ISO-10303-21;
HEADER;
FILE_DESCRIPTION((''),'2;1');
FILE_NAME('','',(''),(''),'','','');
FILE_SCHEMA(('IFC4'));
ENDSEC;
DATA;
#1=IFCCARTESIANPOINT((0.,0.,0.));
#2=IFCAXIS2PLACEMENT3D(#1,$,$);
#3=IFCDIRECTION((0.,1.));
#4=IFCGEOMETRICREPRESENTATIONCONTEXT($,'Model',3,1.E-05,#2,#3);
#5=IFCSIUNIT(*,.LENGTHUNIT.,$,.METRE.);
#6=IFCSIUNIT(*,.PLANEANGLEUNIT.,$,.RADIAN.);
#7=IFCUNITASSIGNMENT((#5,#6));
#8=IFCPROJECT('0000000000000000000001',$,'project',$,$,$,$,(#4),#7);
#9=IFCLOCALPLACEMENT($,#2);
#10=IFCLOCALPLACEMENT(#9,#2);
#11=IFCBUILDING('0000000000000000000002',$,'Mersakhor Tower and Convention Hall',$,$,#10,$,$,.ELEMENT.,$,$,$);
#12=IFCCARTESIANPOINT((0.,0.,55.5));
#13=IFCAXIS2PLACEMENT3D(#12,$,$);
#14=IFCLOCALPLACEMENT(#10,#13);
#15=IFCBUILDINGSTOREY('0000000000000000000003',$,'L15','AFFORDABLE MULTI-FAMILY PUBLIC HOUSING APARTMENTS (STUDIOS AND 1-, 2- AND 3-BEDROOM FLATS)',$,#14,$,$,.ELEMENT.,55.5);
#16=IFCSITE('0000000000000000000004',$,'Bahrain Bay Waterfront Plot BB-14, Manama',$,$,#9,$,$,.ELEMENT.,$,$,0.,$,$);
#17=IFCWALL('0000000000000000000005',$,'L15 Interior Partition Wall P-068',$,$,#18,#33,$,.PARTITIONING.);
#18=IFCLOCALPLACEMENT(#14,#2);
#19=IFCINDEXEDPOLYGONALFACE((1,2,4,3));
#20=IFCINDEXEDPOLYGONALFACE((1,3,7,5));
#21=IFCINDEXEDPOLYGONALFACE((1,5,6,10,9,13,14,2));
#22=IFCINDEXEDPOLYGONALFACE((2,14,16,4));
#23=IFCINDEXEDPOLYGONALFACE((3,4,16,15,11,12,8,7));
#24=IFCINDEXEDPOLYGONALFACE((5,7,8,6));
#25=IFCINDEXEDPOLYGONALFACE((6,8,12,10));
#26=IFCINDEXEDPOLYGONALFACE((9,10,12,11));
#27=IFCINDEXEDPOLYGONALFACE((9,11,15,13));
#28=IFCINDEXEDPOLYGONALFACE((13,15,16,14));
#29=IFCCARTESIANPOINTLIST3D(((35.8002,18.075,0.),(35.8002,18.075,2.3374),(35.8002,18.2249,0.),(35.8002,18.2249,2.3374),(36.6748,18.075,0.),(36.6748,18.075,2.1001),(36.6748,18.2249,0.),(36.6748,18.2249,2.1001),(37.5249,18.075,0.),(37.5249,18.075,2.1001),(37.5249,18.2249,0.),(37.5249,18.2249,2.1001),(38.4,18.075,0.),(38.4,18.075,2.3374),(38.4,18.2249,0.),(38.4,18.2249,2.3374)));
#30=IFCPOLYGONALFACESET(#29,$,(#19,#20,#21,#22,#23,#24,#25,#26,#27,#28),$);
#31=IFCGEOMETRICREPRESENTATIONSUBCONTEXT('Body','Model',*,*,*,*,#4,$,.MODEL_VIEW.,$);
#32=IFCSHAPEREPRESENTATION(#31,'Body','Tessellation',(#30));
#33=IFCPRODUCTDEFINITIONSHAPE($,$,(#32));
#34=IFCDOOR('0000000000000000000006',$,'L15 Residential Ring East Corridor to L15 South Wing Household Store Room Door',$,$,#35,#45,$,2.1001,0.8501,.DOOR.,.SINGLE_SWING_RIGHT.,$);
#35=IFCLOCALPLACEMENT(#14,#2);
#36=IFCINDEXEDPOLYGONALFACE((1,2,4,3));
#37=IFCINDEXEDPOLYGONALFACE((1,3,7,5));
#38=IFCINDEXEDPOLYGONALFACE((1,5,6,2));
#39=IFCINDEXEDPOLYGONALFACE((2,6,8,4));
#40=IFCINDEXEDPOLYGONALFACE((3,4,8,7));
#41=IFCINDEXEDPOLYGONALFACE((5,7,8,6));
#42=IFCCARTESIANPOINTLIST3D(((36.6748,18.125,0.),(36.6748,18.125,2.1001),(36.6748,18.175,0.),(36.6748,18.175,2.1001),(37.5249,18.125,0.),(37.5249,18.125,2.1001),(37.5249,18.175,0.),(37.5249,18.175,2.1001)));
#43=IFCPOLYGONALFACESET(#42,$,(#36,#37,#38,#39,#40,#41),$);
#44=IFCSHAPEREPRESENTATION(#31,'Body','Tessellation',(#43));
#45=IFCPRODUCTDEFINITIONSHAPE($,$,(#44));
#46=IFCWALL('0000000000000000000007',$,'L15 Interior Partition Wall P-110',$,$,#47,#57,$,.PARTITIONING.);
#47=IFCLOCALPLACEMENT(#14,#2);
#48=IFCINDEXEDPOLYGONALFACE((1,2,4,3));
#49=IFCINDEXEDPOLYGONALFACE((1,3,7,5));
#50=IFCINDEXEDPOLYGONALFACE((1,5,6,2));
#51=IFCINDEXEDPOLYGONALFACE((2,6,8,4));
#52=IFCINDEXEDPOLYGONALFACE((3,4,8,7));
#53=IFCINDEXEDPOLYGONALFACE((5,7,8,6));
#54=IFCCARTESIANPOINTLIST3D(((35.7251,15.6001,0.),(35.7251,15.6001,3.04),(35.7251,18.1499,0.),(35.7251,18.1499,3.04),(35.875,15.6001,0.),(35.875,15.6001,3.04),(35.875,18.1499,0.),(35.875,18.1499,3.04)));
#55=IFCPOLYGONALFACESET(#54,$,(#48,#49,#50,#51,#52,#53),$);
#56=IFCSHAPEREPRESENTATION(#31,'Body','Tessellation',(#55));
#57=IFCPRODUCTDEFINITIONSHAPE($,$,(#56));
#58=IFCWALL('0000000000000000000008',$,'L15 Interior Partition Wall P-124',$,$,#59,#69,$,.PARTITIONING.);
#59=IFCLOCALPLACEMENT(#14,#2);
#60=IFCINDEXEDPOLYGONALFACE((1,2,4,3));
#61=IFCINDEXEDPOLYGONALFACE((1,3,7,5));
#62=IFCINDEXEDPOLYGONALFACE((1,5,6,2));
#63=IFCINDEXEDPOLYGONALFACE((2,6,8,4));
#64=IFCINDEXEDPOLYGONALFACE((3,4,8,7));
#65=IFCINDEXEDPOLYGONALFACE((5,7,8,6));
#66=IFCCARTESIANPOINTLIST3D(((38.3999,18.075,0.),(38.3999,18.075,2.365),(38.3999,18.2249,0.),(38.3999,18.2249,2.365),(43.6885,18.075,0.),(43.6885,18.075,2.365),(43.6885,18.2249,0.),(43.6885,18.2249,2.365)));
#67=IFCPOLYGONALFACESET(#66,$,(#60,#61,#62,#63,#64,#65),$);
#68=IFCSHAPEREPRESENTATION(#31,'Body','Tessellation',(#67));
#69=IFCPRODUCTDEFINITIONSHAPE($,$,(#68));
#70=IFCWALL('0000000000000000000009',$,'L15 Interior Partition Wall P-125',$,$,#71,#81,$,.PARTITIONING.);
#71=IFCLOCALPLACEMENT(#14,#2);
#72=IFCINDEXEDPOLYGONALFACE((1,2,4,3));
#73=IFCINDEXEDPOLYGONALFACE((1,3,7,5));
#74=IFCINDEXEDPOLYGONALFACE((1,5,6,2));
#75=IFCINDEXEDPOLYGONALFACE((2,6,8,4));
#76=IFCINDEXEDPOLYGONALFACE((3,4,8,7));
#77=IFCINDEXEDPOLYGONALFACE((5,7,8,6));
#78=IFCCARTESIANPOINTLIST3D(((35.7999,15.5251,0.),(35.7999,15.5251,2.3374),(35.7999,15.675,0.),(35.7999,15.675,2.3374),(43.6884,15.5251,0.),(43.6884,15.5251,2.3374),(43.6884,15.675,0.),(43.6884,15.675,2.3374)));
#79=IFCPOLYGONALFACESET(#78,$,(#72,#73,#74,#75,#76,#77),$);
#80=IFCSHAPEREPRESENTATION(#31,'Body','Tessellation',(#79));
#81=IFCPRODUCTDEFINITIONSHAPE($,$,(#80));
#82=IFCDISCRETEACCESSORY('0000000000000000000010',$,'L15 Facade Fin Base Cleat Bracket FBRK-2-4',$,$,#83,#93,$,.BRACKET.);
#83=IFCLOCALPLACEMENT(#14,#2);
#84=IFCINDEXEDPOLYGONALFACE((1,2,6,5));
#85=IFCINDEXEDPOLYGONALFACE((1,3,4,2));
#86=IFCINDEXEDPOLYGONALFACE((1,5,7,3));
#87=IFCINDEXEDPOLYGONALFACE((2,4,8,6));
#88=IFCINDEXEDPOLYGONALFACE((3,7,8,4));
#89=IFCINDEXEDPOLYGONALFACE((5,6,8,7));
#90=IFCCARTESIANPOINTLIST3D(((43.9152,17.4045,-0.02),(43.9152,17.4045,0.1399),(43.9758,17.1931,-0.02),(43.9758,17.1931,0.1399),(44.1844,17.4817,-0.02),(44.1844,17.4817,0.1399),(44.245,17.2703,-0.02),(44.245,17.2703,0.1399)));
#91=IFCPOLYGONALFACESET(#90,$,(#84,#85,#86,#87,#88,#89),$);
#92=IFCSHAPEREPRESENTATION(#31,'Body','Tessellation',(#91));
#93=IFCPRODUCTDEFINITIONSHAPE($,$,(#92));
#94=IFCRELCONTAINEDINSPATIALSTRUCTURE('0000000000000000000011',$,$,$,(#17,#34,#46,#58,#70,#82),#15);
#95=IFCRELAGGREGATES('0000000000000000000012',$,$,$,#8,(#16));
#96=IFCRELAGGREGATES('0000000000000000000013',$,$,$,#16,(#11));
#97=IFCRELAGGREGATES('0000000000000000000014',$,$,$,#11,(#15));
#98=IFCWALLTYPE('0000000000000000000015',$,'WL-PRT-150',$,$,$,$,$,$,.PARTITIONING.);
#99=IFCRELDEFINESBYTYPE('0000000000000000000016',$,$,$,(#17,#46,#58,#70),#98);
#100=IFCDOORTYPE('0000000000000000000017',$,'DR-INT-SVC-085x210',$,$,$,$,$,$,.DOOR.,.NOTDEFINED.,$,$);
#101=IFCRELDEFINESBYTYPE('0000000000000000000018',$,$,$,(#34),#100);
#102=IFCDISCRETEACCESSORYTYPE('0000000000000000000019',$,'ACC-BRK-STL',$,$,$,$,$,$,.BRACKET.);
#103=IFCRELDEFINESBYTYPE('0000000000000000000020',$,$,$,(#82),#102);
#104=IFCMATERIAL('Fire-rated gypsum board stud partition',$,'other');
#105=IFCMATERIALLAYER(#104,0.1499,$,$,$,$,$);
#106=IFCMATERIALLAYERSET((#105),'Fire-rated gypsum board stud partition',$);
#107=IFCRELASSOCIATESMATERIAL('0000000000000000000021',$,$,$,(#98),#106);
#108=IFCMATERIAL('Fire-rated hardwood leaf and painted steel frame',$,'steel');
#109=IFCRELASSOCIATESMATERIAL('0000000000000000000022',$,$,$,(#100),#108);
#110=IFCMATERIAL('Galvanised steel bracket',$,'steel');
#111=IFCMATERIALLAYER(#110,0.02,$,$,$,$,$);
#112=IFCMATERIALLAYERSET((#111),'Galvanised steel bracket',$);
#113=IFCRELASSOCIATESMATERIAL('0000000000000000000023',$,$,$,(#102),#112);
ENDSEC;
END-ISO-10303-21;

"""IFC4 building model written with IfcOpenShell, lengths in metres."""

from ifc_helpers import new_model, si_unit, direction, frame, frame_2d, origin, origin_2d, place, context, subcontext, project, spatial, rectangle, extrude, material, layer, layer_set, type_object, element, fill, save


model = new_model("IFC4")

# Units and contexts
model_context = context("Model", 3, precision=1e-05, world=origin(), true_north=direction((0.0, 1.0)))
body_context = subcontext(model_context, "Body", "Model", "MODEL_VIEW")
ifc_project = project(units=[si_unit("LENGTHUNIT", "METRE"), si_unit("PLANEANGLEUNIT", "RADIAN")], contexts=[model_context])

# Site, building, storey
site_placement = place(None, origin())
site = spatial("IfcSite", under=ifc_project, at=site_placement, Name="Bahrain Bay Waterfront Plot BB-14, Manama", CompositionType="ELEMENT", RefElevation=0.0)
building_placement = place(site_placement, origin())
building = spatial("IfcBuilding", under=site, at=building_placement, Name="Mersakhor Tower and Convention Hall", CompositionType="ELEMENT")
storey_placement = place(building_placement, frame((0.0, 0.0, 55.5)))
storey = spatial("IfcBuildingStorey", under=building, at=storey_placement, Name="L15", Description="AFFORDABLE MULTI-FAMILY PUBLIC HOUSING APARTMENTS (STUDIOS AND 1-, 2- AND 3-BEDROOM FLATS)", CompositionType="ELEMENT", Elevation=55.5)

# Wall, opening, door
ifc_material_1 = material(Name="Fire-rated gypsum board stud partition", Category="other")
ifc_layer_1 = layer(ifc_material_1, 0.1499)
ifc_layer_set_1 = layer_set([ifc_layer_1], Name="Fire-rated gypsum board stud partition")
wall_type_1 = type_object("IfcWallType", Name="WL-PRT-150", PredefinedType="PARTITIONING", material=ifc_layer_set_1)
wall_1_placement = place(storey_placement, frame((38.3999, 18.1499, 0.0), z_axis=(0.0, 0.0, 1.0), x_axis=(-1.0, 0.0, 0.0)))
wall_1 = element("IfcWall", 1, at=wall_1_placement, inside=storey, type_object=wall_type_1, Name="L15 Interior Partition Wall P-068", PredefinedType="PARTITIONING", context=body_context, shape_type="SweptSolid", body=[
    extrude(rectangle(XDim=2.5999, YDim=0.1499, at=frame_2d((1.2998, 0.0))), origin(), (0.0, 0.0, 1.0), 2.3374),
])
opening_1_placement = place(wall_1_placement, frame((0.875, 0.0, 0.0)))
opening_1 = element("IfcOpeningElement", 2, at=opening_1_placement, cuts=wall_1, PredefinedType="OPENING", context=body_context, shape_type="SweptSolid", body=[
    extrude(rectangle(XDim=0.8501, YDim=2.1001, at=frame_2d((0.425, 1.05))), frame((0.0, 0.085, 0.0), z_axis=(0.0, -1.0, 0.0), x_axis=(1.0, 0.0, 0.0)), (0.0, 0.0, 1.0), 0.1699),
])
ifc_material_2 = material(Name="Fire-rated hardwood leaf and painted steel frame", Category="steel")
door_type_1 = type_object("IfcDoorType", Name="DR-INT-SVC-085x210", OperationType="NOTDEFINED", PredefinedType="DOOR", material=ifc_material_2)
door_1_placement = place(opening_1_placement, origin())
door_1 = element("IfcDoor", 3, at=door_1_placement, inside=storey, type_object=door_type_1, Name="L15 Residential Ring East Corridor to L15 South Wing Household Store Room Door", OperationType="SINGLE_SWING_RIGHT", OverallHeight=2.1001, OverallWidth=0.8501, PredefinedType="DOOR", context=body_context, shape_type="SweptSolid", body=[
    extrude(rectangle(XDim=0.8501, YDim=2.1001, at=frame_2d((0.425, 1.05))), frame((0.0, 0.0249, 0.0), z_axis=(0.0, -1.0, 0.0), x_axis=(1.0, 0.0, 0.0)), (0.0, 0.0, 1.0), 0.05),
])
fill(opening_1, door_1)

# Walls
wall_2_placement = place(storey_placement, frame((35.8, 18.1499, 0.0), z_axis=(0.0, 0.0, 1.0), x_axis=(0.0, -1.0, 0.0)))
element("IfcWall", 4, at=wall_2_placement, inside=storey, type_object=wall_type_1, Name="L15 Interior Partition Wall P-110", PredefinedType="PARTITIONING", context=body_context, shape_type="SweptSolid", body=[
    extrude(rectangle(XDim=2.5498, YDim=0.1499, at=frame_2d((1.2749, 0.0))), origin(), (0.0, 0.0, 1.0), 3.04),
])
wall_3_placement = place(storey_placement, frame((38.3999, 18.1499, 0.0), z_axis=(0.0, 0.0, 1.0), x_axis=(1.0, 0.0, 0.0)))
element("IfcWall", 5, at=wall_3_placement, inside=storey, type_object=wall_type_1, Name="L15 Interior Partition Wall P-124", PredefinedType="PARTITIONING", context=body_context, shape_type="SweptSolid", body=[
    extrude(rectangle(XDim=5.2886, YDim=0.1499, at=frame_2d((2.6443, 0.0))), origin(), (0.0, 0.0, 1.0), 2.365),
])
wall_4_placement = place(storey_placement, frame((43.6885, 15.6001, 0.0), z_axis=(0.0, 0.0, 1.0), x_axis=(-1.0, 0.0, 0.0)))
element("IfcWall", 6, at=wall_4_placement, inside=storey, type_object=wall_type_1, Name="L15 Interior Partition Wall P-125", PredefinedType="PARTITIONING", context=body_context, shape_type="SweptSolid", body=[
    extrude(rectangle(XDim=7.8884, YDim=0.1499, at=frame_2d((3.9443, 0.0))), origin(), (0.0, 0.0, 1.0), 2.3374),
])

# Discrete accessory
ifc_material_3 = material(Name="Galvanised steel bracket", Category="steel")
ifc_layer_2 = layer(ifc_material_3, 0.02)
ifc_layer_set_2 = layer_set([ifc_layer_2], Name="Galvanised steel bracket")
discrete_accessory_type = type_object("IfcDiscreteAccessoryType", Name="ACC-BRK-STL", PredefinedType="BRACKET", material=ifc_layer_set_2)
discrete_accessory_placement = place(storey_placement, frame((44.0801, 17.3374, -0.02), z_axis=(0.0, 0.0, 1.0), x_axis=(0.961262, 0.275637, 0.0)))
element("IfcDiscreteAccessory", 7, at=discrete_accessory_placement, inside=storey, type_object=discrete_accessory_type, Name="L15 Facade Fin Base Cleat Bracket FBRK-2-4", PredefinedType="BRACKET", context=body_context, shape_type="SweptSolid", body=[
    extrude(rectangle(XDim=0.28, YDim=0.22, at=origin_2d()), origin(), (0.0, 0.0, 1.0), 0.1599),
])

save(model, "model.ifc")
